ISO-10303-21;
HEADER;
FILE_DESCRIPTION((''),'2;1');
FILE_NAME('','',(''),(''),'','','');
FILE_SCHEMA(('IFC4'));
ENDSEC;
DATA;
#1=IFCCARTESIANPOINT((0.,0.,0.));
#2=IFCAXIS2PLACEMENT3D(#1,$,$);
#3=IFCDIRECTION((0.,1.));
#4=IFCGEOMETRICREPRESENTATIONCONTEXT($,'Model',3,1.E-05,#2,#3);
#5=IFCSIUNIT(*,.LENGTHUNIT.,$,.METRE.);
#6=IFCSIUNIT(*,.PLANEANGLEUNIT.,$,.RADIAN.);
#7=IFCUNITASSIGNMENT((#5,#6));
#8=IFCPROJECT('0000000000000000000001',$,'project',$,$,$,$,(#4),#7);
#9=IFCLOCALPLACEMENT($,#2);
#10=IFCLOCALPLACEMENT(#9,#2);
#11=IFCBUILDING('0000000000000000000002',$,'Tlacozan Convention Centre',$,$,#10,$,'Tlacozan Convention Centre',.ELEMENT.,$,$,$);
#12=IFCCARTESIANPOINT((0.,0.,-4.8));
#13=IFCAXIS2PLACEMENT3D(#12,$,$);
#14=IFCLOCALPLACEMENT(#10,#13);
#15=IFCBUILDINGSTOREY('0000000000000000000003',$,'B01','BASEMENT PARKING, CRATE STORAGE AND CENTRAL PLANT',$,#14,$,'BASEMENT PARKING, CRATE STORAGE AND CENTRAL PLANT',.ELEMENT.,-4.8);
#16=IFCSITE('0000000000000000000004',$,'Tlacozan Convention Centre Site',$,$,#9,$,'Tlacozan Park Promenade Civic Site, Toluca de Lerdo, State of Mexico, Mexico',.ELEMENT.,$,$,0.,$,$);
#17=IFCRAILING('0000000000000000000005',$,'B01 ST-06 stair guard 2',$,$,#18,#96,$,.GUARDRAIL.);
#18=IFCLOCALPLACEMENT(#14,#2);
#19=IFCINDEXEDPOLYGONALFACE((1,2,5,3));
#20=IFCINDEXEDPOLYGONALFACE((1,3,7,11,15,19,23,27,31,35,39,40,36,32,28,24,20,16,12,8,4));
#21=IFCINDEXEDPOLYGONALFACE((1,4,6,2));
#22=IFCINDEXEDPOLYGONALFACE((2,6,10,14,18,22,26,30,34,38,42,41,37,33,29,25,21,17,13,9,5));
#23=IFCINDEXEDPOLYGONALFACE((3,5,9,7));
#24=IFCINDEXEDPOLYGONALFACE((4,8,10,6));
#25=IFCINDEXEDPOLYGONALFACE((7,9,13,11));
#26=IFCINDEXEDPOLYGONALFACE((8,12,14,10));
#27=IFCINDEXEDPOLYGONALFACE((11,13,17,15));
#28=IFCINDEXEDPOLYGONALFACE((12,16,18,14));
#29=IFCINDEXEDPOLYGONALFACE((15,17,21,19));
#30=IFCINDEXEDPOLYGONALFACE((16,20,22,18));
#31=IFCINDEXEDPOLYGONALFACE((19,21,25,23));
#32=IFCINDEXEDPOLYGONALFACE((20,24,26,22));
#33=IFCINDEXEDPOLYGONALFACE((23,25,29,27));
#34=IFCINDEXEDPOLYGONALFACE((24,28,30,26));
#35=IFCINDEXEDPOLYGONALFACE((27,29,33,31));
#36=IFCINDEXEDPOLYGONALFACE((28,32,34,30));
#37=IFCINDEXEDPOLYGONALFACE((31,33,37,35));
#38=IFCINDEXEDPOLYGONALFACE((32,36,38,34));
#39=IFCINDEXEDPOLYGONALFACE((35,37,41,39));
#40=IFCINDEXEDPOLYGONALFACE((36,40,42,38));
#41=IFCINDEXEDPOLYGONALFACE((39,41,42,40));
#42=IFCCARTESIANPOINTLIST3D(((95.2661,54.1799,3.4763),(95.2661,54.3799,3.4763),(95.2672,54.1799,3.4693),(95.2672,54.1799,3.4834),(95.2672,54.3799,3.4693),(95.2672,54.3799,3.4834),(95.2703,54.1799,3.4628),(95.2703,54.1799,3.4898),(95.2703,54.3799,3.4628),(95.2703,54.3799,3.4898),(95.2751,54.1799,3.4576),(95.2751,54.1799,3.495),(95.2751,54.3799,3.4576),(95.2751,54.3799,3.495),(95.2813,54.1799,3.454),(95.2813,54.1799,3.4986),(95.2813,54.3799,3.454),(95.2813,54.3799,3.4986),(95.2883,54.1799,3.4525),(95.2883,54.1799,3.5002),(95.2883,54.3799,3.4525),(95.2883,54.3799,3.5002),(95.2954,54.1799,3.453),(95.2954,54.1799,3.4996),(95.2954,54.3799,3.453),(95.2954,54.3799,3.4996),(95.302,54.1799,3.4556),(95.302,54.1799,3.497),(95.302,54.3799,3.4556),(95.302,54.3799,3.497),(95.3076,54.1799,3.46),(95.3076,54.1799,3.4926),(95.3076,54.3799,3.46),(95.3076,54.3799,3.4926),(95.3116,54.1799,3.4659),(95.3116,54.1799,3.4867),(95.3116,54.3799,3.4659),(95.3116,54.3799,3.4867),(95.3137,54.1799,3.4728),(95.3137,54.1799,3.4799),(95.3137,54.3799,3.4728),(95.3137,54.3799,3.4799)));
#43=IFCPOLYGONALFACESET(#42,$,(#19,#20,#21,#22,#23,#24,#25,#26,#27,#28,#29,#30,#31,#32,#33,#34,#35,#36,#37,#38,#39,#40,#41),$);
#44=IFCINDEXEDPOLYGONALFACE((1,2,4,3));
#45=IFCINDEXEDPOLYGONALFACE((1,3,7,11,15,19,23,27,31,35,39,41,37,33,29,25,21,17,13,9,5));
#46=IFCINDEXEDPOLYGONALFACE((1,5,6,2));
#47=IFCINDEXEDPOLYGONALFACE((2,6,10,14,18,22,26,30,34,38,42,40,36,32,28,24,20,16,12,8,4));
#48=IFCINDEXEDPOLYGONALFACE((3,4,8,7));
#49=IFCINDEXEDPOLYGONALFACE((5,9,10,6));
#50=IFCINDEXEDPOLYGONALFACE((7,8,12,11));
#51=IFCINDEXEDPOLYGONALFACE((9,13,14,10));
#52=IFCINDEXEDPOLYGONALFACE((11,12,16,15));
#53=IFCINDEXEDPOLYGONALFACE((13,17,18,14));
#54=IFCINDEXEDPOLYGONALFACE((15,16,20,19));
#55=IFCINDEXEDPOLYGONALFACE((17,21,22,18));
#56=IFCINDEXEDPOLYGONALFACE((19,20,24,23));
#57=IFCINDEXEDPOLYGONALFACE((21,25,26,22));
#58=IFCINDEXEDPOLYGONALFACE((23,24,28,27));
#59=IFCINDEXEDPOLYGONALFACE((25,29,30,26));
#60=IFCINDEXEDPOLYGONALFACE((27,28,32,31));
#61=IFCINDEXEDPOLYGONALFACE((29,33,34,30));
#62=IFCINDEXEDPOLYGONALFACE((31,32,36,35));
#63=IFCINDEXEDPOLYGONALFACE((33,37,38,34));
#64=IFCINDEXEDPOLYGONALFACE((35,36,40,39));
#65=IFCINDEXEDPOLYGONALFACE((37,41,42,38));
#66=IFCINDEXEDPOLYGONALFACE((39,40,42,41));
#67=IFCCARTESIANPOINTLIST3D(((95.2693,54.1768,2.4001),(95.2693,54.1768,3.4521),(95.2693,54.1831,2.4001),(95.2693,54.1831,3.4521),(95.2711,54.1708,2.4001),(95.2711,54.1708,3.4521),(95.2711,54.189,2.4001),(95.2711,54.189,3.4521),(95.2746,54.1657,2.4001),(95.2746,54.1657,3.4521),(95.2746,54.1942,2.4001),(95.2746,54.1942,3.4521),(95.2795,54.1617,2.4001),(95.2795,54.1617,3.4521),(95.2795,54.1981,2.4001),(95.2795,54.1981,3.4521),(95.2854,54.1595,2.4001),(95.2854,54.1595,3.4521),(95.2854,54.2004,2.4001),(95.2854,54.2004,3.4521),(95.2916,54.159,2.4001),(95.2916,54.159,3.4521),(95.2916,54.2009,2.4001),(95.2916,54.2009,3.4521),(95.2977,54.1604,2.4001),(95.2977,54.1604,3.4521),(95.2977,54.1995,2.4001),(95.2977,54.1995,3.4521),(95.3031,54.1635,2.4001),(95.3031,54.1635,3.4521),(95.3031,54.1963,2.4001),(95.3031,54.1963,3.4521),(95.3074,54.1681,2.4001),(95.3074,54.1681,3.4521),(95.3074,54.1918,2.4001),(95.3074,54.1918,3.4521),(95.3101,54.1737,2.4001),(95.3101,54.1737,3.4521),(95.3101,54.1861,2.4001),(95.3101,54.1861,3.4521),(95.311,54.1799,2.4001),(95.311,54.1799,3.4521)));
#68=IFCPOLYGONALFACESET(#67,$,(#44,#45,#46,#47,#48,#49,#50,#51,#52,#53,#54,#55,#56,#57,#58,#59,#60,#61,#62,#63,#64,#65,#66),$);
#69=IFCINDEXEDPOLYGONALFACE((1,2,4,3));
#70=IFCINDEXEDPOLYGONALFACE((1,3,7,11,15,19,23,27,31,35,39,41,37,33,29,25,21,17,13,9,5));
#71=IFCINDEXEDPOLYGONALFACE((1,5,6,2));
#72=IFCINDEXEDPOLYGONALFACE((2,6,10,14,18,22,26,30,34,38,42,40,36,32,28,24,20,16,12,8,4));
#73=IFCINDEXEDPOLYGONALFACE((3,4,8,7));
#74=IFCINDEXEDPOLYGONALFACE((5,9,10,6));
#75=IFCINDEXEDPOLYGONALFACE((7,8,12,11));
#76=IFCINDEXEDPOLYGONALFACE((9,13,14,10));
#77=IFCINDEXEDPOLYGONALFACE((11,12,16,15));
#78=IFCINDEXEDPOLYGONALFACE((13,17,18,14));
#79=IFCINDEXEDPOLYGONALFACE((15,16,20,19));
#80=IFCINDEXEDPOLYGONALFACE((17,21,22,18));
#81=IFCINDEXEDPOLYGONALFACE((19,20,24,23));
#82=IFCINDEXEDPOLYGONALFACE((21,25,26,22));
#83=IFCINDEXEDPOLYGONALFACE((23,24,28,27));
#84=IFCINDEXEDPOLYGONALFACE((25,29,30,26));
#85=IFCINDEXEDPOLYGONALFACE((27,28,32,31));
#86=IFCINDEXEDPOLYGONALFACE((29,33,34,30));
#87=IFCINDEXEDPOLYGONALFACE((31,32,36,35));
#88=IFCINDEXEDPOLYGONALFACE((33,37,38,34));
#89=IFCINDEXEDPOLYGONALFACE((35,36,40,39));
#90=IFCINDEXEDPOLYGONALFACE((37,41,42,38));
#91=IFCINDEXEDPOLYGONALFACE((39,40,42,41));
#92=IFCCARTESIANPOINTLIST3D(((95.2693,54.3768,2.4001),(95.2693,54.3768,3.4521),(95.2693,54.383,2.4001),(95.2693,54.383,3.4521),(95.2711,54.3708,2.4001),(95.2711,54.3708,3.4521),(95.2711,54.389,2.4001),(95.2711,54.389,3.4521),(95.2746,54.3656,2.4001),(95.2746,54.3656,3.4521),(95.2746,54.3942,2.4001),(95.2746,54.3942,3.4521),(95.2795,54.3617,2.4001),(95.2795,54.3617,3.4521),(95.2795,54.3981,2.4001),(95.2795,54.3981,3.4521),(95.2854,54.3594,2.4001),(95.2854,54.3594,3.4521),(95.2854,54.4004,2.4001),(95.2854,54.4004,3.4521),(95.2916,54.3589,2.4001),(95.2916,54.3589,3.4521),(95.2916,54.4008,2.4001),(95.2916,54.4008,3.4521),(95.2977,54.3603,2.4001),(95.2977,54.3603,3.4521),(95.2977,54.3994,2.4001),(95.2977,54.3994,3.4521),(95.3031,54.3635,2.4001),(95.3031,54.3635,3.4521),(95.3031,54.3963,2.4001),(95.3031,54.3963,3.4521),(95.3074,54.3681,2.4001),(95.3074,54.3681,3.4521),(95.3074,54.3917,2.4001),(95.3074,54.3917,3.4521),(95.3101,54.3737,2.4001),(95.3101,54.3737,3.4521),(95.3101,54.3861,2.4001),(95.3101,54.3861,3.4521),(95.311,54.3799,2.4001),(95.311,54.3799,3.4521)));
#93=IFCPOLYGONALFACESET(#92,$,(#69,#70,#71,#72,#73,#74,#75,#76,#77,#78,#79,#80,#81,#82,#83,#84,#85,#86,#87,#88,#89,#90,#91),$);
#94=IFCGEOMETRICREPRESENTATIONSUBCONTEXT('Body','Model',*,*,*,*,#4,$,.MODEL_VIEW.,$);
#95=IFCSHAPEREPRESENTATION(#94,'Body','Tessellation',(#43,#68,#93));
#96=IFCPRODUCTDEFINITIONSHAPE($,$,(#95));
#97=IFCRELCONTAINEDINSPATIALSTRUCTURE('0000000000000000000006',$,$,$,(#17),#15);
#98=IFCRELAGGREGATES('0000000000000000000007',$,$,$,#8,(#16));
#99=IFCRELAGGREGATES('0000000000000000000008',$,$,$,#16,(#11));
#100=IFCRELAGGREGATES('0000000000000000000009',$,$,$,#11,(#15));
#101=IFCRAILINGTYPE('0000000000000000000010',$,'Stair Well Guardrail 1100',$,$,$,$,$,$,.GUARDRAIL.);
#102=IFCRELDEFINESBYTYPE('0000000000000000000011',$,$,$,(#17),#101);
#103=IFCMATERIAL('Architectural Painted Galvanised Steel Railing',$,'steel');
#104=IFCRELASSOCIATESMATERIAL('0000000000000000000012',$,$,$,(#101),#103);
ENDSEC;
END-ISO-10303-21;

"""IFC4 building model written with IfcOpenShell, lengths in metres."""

from ifc_helpers import new_model, si_unit, direction, frame, origin, origin_2d, place, context, subcontext, project, spatial, circle, extrude, material, type_object, element, save


model = new_model("IFC4")

# Units and contexts
model_context = context("Model", 3, precision=1e-05, world=origin(), true_north=direction((0.0, 1.0)))
body_context = subcontext(model_context, "Body", "Model", "MODEL_VIEW")
ifc_project = project(units=[si_unit("LENGTHUNIT", "METRE"), si_unit("PLANEANGLEUNIT", "RADIAN")], contexts=[model_context])

# Site, building, storey
site_placement = place(None, origin())
site = spatial("IfcSite", under=ifc_project, at=site_placement, Name="Tlacozan Convention Centre Site", LongName="Tlacozan Park Promenade Civic Site, Toluca de Lerdo, State of Mexico, Mexico", CompositionType="ELEMENT", RefElevation=0.0)
building_placement = place(site_placement, origin())
building = spatial("IfcBuilding", under=site, at=building_placement, Name="Tlacozan Convention Centre", LongName="Tlacozan Convention Centre", CompositionType="ELEMENT")
storey_placement = place(building_placement, frame((0.0, 0.0, -4.8)))
storey = spatial("IfcBuildingStorey", under=building, at=storey_placement, Name="B01", Description="BASEMENT PARKING, CRATE STORAGE AND CENTRAL PLANT", LongName="BASEMENT PARKING, CRATE STORAGE AND CENTRAL PLANT", CompositionType="ELEMENT", Elevation=-4.8)

# Railing
ifc_material_1 = material(Name="Architectural Painted Galvanised Steel Railing", Category="steel")
railing_type_1 = type_object("IfcRailingType", Name="Stair Well Guardrail 1100", PredefinedType="GUARDRAIL", material=ifc_material_1)
railing_1_placement = place(storey_placement, frame((95.29, 54.1799, 2.4001)))
element("IfcRailing", 1, at=railing_1_placement, inside=storey, type_object=railing_type_1, Name="B01 ST-06 stair guard 2", PredefinedType="GUARDRAIL", context=body_context, shape_type="SweptSolid", body=[
    extrude(circle(Radius=0.0239, at=origin_2d()), frame((0.0, 0.0, 1.0762), z_axis=(0.0, 1.0, 0.0), x_axis=(-1.0, 0.0, 0.0)), (0.0, 0.0, 1.0), 0.2),
    extrude(circle(Radius=0.021, at=origin_2d()), origin(), (0.0, 0.0, 1.0), 1.052),
    extrude(circle(Radius=0.021, at=origin_2d()), frame((0.0, 0.2, 0.0)), (0.0, 0.0, 1.0), 1.052),
])

save(model, "model.ifc")
